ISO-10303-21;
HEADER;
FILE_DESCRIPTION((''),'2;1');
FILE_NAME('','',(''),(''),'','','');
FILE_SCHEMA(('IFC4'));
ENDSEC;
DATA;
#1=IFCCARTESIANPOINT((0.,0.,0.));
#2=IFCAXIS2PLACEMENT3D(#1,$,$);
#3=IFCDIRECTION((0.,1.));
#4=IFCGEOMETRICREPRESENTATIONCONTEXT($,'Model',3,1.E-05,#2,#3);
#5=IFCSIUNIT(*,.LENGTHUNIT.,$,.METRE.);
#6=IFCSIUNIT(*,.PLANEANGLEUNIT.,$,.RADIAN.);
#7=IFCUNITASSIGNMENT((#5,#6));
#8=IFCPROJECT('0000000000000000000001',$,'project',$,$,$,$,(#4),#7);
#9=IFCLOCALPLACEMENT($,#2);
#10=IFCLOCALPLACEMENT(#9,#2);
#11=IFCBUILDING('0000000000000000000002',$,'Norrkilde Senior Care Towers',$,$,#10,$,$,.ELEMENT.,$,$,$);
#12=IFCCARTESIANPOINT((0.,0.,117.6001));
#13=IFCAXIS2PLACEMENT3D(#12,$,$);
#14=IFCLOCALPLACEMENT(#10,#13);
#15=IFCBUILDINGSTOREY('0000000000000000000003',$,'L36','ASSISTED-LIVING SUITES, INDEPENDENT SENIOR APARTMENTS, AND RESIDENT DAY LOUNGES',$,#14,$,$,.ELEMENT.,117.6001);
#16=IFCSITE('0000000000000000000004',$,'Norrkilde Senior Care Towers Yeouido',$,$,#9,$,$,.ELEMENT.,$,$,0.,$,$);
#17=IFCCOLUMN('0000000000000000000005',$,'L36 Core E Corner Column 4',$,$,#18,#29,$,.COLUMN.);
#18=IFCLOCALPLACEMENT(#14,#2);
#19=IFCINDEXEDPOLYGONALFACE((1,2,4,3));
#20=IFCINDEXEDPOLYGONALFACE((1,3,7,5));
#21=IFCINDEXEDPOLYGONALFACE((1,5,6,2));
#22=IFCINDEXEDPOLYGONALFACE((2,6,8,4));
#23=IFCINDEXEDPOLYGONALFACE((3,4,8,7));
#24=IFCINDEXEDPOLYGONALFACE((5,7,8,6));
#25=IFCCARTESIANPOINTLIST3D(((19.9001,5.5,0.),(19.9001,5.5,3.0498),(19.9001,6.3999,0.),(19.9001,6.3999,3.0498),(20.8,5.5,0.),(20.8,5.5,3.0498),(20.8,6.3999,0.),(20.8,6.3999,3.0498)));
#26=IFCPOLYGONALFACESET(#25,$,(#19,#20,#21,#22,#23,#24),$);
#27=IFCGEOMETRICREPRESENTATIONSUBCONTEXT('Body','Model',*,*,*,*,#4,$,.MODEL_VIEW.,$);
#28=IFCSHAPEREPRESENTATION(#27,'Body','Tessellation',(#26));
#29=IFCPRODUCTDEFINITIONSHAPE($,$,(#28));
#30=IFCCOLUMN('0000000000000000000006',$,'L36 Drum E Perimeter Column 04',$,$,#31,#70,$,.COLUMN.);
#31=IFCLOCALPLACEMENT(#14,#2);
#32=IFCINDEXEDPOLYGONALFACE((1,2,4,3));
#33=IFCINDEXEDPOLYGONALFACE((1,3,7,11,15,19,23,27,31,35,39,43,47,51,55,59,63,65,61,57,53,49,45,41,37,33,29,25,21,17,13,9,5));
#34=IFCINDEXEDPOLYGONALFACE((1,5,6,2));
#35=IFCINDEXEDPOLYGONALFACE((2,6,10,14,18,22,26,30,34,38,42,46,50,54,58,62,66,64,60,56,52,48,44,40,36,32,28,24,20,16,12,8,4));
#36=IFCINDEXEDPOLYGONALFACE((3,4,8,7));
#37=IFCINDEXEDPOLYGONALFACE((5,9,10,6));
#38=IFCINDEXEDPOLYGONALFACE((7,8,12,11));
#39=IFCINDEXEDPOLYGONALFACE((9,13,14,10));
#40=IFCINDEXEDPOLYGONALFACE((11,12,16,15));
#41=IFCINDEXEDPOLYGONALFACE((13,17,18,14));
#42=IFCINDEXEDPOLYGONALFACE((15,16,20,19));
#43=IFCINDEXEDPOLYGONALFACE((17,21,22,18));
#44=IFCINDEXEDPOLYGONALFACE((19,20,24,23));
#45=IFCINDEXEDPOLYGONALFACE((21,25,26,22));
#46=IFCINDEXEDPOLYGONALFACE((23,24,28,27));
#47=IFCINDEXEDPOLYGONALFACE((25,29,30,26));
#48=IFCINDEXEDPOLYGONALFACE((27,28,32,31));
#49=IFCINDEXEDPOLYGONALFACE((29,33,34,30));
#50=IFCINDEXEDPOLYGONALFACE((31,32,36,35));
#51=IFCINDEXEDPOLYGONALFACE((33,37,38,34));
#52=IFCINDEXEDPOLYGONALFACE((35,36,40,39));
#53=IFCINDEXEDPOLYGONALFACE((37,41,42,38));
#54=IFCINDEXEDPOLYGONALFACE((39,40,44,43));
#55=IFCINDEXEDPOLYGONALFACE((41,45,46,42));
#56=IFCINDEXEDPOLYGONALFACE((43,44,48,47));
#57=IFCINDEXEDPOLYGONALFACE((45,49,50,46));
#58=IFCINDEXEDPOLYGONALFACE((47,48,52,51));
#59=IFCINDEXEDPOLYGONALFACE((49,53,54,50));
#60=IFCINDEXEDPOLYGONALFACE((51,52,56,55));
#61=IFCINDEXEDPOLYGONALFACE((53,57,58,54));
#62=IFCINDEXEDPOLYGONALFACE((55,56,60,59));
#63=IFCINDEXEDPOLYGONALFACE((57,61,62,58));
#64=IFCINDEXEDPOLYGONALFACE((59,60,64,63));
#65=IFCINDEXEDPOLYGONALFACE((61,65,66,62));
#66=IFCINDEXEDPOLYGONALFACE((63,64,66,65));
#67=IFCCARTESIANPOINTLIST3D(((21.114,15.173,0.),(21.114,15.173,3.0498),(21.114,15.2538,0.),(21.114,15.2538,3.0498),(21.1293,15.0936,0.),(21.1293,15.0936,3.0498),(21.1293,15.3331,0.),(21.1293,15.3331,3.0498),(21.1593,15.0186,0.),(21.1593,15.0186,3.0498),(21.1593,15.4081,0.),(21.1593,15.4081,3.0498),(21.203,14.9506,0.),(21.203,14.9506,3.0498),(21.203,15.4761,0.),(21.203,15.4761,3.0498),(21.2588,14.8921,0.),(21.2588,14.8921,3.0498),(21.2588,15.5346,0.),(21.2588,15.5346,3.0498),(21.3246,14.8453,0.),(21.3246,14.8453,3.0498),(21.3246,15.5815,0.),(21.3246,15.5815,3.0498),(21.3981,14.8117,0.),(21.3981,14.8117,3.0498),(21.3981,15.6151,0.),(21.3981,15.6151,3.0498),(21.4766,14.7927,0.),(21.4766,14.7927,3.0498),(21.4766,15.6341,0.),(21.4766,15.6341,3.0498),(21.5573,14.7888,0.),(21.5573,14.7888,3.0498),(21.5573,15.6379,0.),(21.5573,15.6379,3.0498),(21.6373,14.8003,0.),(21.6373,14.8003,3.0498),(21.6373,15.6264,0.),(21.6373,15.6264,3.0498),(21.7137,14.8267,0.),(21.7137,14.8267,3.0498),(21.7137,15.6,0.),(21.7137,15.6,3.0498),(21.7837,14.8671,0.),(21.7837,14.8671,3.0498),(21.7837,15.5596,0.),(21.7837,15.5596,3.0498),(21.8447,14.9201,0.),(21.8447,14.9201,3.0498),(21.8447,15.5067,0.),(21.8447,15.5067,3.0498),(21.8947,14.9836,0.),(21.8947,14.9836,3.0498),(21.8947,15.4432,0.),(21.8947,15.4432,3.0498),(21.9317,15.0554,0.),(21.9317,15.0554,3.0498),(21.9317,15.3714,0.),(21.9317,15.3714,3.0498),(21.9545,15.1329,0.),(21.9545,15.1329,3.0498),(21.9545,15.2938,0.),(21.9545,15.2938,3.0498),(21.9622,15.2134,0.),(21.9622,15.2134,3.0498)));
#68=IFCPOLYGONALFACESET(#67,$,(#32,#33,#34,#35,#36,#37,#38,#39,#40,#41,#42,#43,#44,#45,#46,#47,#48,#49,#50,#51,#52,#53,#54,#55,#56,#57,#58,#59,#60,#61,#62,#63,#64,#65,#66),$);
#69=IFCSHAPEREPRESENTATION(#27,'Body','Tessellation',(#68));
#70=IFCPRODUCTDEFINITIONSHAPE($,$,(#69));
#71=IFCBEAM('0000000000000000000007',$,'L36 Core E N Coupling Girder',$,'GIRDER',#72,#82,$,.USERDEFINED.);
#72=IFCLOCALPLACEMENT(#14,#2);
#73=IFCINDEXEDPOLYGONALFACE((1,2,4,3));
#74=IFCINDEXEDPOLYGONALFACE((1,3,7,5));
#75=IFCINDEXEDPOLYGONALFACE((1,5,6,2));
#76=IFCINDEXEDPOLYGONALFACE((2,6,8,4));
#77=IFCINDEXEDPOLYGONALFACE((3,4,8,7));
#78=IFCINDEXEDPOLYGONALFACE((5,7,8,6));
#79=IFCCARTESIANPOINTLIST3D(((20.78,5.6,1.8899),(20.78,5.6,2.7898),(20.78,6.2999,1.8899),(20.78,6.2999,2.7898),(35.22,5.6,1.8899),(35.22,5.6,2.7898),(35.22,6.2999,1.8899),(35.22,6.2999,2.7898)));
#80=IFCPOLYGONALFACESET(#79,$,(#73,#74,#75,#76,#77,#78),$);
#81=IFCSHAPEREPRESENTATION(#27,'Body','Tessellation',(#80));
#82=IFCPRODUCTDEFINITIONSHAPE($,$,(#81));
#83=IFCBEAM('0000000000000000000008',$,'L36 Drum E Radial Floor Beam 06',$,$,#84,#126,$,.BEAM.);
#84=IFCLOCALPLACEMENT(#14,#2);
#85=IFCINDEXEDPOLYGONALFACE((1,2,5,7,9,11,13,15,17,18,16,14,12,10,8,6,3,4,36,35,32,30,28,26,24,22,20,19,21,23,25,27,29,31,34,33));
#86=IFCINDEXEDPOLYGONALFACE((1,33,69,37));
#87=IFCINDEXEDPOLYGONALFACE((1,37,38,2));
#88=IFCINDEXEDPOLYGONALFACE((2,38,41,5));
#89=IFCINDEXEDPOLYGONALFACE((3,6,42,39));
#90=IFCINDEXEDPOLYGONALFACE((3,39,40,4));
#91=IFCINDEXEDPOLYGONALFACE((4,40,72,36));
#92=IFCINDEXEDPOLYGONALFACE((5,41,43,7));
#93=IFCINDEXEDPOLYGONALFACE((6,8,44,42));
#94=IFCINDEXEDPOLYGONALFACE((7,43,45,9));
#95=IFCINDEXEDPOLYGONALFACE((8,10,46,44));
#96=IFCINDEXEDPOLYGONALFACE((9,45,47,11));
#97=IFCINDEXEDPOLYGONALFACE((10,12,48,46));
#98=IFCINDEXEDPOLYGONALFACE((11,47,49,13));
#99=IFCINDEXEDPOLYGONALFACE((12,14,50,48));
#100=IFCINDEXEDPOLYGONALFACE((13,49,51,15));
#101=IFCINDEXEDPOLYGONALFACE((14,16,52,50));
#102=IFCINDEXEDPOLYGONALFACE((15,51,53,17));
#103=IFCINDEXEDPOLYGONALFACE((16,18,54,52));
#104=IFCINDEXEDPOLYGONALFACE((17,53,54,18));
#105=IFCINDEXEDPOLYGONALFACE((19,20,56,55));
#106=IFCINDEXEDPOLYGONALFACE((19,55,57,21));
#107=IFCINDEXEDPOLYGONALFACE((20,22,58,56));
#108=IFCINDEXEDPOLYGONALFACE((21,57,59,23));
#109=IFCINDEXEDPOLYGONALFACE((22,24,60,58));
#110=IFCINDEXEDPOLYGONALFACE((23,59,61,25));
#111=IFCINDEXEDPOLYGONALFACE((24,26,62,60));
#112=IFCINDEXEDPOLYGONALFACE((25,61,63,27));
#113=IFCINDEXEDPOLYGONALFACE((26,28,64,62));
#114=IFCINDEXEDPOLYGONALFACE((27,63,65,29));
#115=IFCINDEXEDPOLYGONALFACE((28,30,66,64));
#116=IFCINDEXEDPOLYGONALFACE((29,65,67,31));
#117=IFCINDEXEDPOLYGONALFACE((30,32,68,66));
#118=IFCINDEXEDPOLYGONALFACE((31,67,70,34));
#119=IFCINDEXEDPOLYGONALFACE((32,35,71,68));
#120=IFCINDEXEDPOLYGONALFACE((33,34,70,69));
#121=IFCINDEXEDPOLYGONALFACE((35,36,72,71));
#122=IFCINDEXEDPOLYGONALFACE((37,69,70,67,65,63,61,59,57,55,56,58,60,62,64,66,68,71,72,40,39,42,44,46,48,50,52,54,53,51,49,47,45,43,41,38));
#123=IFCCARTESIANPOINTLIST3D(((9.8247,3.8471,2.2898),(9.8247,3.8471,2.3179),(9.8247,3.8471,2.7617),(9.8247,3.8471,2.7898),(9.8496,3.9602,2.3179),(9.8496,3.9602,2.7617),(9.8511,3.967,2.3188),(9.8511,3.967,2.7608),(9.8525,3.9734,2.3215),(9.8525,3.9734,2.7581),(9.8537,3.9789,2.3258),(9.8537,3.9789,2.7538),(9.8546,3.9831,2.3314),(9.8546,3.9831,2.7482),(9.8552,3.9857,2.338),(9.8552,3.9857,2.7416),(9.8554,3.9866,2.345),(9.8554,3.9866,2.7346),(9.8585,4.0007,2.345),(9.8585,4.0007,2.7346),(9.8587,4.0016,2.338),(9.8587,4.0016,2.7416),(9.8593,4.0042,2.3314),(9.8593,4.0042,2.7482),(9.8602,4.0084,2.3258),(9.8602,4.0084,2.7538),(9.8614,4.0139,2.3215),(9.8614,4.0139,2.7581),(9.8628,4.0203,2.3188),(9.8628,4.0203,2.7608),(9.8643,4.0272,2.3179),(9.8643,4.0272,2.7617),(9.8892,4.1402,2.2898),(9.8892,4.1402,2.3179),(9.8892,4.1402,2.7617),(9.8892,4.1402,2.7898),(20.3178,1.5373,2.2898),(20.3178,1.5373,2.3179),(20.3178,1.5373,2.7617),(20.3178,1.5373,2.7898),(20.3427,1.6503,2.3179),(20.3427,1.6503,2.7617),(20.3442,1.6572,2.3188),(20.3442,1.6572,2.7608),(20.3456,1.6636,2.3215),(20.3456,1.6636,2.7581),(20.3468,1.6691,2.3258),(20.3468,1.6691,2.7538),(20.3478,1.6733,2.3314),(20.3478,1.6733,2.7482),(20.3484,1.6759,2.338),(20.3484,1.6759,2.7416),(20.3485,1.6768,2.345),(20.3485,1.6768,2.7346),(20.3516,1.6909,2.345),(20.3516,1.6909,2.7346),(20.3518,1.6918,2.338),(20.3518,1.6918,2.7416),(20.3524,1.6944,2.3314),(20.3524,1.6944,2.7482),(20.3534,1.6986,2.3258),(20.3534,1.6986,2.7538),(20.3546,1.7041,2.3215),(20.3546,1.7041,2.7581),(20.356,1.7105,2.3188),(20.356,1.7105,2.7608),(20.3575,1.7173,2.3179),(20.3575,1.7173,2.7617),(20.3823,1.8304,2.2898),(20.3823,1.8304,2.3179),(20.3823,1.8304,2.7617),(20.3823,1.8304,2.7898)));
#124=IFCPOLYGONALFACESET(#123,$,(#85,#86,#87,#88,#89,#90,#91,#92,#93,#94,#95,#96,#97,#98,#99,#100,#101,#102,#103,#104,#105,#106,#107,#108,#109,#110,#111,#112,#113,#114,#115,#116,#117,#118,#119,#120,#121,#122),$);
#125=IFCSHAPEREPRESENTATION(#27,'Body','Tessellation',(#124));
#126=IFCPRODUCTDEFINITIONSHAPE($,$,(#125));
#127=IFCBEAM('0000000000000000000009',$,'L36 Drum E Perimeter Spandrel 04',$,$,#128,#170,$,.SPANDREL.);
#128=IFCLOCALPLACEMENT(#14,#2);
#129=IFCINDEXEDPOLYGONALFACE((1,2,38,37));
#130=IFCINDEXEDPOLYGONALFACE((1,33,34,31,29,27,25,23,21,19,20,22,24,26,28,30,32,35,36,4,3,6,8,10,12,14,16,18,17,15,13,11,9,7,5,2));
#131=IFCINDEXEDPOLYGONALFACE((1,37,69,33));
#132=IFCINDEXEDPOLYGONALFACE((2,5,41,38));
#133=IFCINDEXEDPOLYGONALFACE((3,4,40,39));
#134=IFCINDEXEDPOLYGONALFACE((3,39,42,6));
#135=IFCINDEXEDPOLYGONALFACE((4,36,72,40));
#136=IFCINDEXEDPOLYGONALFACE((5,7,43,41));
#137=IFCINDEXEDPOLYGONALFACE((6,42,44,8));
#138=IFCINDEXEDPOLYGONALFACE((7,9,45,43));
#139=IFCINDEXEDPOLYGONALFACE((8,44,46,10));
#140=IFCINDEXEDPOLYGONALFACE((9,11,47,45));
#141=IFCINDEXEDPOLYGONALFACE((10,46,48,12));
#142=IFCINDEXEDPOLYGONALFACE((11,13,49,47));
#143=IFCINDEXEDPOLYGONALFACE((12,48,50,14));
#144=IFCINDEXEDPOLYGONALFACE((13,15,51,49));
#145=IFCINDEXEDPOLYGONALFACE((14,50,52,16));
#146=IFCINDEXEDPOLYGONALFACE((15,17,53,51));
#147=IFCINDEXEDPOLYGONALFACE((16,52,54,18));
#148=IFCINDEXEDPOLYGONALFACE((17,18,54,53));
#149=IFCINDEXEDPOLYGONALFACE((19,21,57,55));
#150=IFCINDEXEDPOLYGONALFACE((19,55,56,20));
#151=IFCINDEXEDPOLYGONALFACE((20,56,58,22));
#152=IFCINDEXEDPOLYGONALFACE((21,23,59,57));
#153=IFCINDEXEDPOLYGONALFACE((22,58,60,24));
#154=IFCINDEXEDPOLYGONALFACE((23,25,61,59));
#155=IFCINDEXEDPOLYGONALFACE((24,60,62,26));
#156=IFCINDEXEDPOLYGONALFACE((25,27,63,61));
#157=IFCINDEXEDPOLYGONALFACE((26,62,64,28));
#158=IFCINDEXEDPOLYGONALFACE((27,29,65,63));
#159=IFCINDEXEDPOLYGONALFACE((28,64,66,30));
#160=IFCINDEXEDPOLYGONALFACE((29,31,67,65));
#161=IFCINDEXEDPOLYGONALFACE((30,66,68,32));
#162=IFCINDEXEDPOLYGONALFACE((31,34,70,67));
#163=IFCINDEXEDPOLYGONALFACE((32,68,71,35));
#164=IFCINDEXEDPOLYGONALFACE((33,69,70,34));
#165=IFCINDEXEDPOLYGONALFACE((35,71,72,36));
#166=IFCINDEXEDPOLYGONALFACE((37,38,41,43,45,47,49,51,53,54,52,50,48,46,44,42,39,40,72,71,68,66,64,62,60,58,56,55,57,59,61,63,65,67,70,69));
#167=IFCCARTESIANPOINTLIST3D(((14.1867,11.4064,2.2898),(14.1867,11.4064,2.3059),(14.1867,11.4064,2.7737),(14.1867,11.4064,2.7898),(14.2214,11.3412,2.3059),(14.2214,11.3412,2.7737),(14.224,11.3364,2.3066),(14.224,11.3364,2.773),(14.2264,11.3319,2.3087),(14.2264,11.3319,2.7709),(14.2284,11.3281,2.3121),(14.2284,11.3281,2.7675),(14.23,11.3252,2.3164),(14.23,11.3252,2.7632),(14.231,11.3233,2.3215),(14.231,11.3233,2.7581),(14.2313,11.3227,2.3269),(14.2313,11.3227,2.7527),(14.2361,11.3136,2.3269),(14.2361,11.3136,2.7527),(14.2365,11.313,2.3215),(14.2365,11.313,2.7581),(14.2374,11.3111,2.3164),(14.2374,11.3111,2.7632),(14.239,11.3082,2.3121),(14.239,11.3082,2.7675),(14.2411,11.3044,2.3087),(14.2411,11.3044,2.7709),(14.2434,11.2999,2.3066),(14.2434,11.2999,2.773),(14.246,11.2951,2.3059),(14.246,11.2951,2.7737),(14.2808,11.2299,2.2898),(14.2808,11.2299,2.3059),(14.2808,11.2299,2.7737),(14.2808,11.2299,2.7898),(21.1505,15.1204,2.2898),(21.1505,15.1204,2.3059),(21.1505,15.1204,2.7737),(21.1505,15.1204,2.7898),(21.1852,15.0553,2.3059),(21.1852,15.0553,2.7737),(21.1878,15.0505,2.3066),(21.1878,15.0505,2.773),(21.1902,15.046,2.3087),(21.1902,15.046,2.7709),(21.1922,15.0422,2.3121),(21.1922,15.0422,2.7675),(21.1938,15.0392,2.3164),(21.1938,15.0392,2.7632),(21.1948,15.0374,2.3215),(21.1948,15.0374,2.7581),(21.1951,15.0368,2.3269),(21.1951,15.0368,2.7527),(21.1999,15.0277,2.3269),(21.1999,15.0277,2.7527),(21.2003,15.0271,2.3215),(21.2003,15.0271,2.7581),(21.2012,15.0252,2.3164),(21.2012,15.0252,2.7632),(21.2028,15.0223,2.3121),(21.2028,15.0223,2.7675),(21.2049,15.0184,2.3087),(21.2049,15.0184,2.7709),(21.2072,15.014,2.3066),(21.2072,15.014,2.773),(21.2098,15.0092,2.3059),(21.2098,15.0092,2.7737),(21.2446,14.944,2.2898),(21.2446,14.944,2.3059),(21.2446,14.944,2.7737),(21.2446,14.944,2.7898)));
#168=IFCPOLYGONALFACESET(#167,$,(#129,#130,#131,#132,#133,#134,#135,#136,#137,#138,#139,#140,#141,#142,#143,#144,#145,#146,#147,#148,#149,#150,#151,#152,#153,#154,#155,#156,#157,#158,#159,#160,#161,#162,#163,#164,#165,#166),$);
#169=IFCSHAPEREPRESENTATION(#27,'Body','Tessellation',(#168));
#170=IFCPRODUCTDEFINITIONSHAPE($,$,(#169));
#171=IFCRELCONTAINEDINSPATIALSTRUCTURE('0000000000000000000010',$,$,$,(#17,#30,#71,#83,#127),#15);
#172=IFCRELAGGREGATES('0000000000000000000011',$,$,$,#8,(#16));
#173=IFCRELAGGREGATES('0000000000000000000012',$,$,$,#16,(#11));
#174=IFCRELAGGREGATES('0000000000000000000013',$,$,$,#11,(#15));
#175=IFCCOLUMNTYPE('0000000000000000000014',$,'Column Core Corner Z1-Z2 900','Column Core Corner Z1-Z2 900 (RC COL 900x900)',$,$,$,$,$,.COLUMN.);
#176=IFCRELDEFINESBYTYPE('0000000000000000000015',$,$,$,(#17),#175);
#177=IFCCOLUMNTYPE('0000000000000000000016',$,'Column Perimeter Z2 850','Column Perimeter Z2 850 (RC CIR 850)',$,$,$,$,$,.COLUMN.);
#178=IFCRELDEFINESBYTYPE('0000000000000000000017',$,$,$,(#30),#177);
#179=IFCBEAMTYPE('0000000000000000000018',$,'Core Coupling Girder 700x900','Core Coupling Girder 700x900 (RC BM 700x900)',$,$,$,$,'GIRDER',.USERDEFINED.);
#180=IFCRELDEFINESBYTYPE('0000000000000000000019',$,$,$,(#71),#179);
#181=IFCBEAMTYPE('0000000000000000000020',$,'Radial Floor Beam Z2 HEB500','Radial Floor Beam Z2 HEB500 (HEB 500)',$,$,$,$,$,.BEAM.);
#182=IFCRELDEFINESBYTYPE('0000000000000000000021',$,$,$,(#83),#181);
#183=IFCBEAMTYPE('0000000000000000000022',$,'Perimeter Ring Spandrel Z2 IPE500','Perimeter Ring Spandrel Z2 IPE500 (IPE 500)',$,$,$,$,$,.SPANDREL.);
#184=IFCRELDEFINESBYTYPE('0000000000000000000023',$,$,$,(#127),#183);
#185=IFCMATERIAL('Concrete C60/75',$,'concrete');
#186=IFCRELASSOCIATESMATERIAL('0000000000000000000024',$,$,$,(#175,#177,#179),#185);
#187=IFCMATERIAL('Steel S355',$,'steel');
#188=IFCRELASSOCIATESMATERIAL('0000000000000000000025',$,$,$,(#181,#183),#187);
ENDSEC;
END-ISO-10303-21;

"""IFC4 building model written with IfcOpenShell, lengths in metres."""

from ifc_helpers import new_model, si_unit, direction, frame, origin, origin_2d, place, context, subcontext, project, spatial, rectangle, circle, i_section, extrude, source, transform, mapped, material, material_profile, profile_set, type_object, type_shapes, element, save


model = new_model("IFC4")

# Units and contexts
model_context = context("Model", 3, precision=1e-05, world=origin(), true_north=direction((0.0, 1.0)))
body_context = subcontext(model_context, "Body", "Model", "MODEL_VIEW")
ifc_project = project(units=[si_unit("LENGTHUNIT", "METRE"), si_unit("PLANEANGLEUNIT", "RADIAN")], contexts=[model_context])

# Site, building, storey
site_placement = place(None, origin())
site = spatial("IfcSite", under=ifc_project, at=site_placement, Name="Norrkilde Senior Care Towers Yeouido", CompositionType="ELEMENT", RefElevation=0.0)
building_placement = place(site_placement, origin())
building = spatial("IfcBuilding", under=site, at=building_placement, Name="Norrkilde Senior Care Towers", CompositionType="ELEMENT")
storey_placement = place(building_placement, frame((0.0, 0.0, 117.6001)))
storey = spatial("IfcBuildingStorey", under=building, at=storey_placement, Name="L36", Description="ASSISTED-LIVING SUITES, INDEPENDENT SENIOR APARTMENTS, AND RESIDENT DAY LOUNGES", CompositionType="ELEMENT", Elevation=117.6001)

# Columns
ifc_material_1 = material(Name="Concrete C60/75", Category="concrete")
ifc_material_profile_1 = material_profile(ifc_material_1, rectangle(XDim=0.8999, YDim=0.8999, at=origin_2d()), Name="RC COL 900x900")
ifc_profile_set_1 = profile_set([ifc_material_profile_1], Name="Concrete C60/75")
column_type_1 = type_object("IfcColumnType", Name="Column Core Corner Z1-Z2 900", Description="Column Core Corner Z1-Z2 900 (RC COL 900x900)", PredefinedType="COLUMN", material=ifc_profile_set_1)
shared_shape_1 = source(origin(), body_context, "Body", "SweptSolid", [
    extrude(rectangle(XDim=0.8999, YDim=0.8999, at=origin_2d()), origin(), (0.0, 0.0, 1.0), 3.0498),
])
type_shapes(column_type_1, [shared_shape_1])
column_1_placement = place(storey_placement, frame((20.3501, 5.95, 0.0), z_axis=(0.0, 0.0, 1.0), x_axis=(1.0, 0.0, 0.0)))
element("IfcColumn", 1, at=column_1_placement, inside=storey, type_object=column_type_1, Name="L36 Core E Corner Column 4", PredefinedType="COLUMN", context=body_context, shape_type="MappedRepresentation", body=[
    mapped(shared_shape_1, transform((0.0, 0.0, 0.0), x_axis=(1.0, 0.0, 0.0), y_axis=(0.0, 1.0, 0.0), z_axis=(0.0, 0.0, 1.0), scale=1.0)),
])
ifc_material_profile_2 = material_profile(ifc_material_1, circle(Radius=0.425, at=origin_2d()), Name="RC CIR 850")
ifc_profile_set_2 = profile_set([ifc_material_profile_2], Name="Concrete C60/75")
column_type_2 = type_object("IfcColumnType", Name="Column Perimeter Z2 850", Description="Column Perimeter Z2 850 (RC CIR 850)", PredefinedType="COLUMN", material=ifc_profile_set_2)
shared_shape_2 = source(origin(), body_context, "Body", "SweptSolid", [
    extrude(circle(Radius=0.425, at=origin_2d()), origin(), (0.0, 0.0, 1.0), 3.0498),
])
type_shapes(column_type_2, [shared_shape_2])
column_2_placement = place(storey_placement, frame((21.5371, 15.2134, 0.0), z_axis=(0.0, 0.0, 1.0), x_axis=(1.0, 0.0, 0.0)))
element("IfcColumn", 2, at=column_2_placement, inside=storey, type_object=column_type_2, Name="L36 Drum E Perimeter Column 04", PredefinedType="COLUMN", context=body_context, shape_type="MappedRepresentation", body=[
    mapped(shared_shape_2, transform((0.0, 0.0, 0.0), x_axis=(1.0, 0.0, 0.0), y_axis=(0.0, 1.0, 0.0), z_axis=(0.0, 0.0, 1.0), scale=1.0)),
])

# Beams
ifc_material_profile_3 = material_profile(ifc_material_1, rectangle(XDim=0.7, YDim=0.8999, at=origin_2d()), Name="RC BM 700x900")
ifc_profile_set_3 = profile_set([ifc_material_profile_3], Name="Concrete C60/75")
beam_type_1 = type_object("IfcBeamType", Name="Core Coupling Girder 700x900", Description="Core Coupling Girder 700x900 (RC BM 700x900)", ElementType="GIRDER", PredefinedType="USERDEFINED", material=ifc_profile_set_3)
shared_shape_3 = source(origin(), body_context, "Body", "SweptSolid", [
    extrude(rectangle(XDim=0.7, YDim=0.8999, at=origin_2d()), origin(), (0.0, 0.0, 1.0), 14.4399),
])
type_shapes(beam_type_1, [shared_shape_3])
beam_1_placement = place(storey_placement, frame((20.78, 5.95, 2.3398), z_axis=(1.0, 0.0, 0.0), x_axis=(0.0, 1.0, 0.0)))
element("IfcBeam", 3, at=beam_1_placement, inside=storey, type_object=beam_type_1, Name="L36 Core E N Coupling Girder", ObjectType="GIRDER", PredefinedType="USERDEFINED", context=body_context, shape_type="MappedRepresentation", body=[
    mapped(shared_shape_3, transform((0.0, 0.0, 0.0), x_axis=(1.0, 0.0, 0.0), y_axis=(0.0, 1.0, 0.0), z_axis=(0.0, 0.0, 1.0), scale=1.0)),
])
ifc_material_2 = material(Name="Steel S355", Category="steel")
ifc_material_profile_4 = material_profile(ifc_material_2, i_section(OverallWidth=0.3, OverallDepth=0.5, WebThickness=0.0144, FlangeThickness=0.0281, FilletRadius=0.0271, at=origin_2d()), Name="HEB 500")
ifc_profile_set_4 = profile_set([ifc_material_profile_4], Name="Steel S355")
beam_type_2 = type_object("IfcBeamType", Name="Radial Floor Beam Z2 HEB500", Description="Radial Floor Beam Z2 HEB500 (HEB 500)", PredefinedType="BEAM", material=ifc_profile_set_4)
shared_shape_4 = source(origin(), body_context, "Body", "SweptSolid", [
    extrude(i_section(OverallWidth=0.3, OverallDepth=0.5, WebThickness=0.0144, FlangeThickness=0.0281, FilletRadius=0.0271, at=origin_2d()), origin(), (0.0, 0.0, 1.0), 10.7444),
])
beam_2_placement = place(storey_placement, frame((20.3501, 1.6838, 2.5398), z_axis=(-0.976619, 0.214979, 0.0), x_axis=(-0.214979, -0.976619, 0.0)))
element("IfcBeam", 4, at=beam_2_placement, inside=storey, type_object=beam_type_2, Name="L36 Drum E Radial Floor Beam 06", PredefinedType="BEAM", context=body_context, shape_type="MappedRepresentation", body=[
    mapped(shared_shape_4, transform((0.0, 0.0, 0.0), x_axis=(1.0, 0.0, 0.0), y_axis=(0.0, 1.0, 0.0), z_axis=(0.0, 0.0, 1.0), scale=1.0)),
])
ifc_material_profile_5 = material_profile(ifc_material_2, i_section(OverallWidth=0.2, OverallDepth=0.5, WebThickness=0.0103, FlangeThickness=0.0161, FilletRadius=0.021, at=origin_2d()), Name="IPE 500")
ifc_profile_set_5 = profile_set([ifc_material_profile_5], Name="Steel S355")
beam_type_3 = type_object("IfcBeamType", Name="Perimeter Ring Spandrel Z2 IPE500", Description="Perimeter Ring Spandrel Z2 IPE500 (IPE 500)", PredefinedType="SPANDREL", material=ifc_profile_set_5)
shared_shape_5 = source(origin(), body_context, "Body", "SweptSolid", [
    extrude(i_section(OverallWidth=0.2, OverallDepth=0.5, WebThickness=0.0103, FlangeThickness=0.0161, FilletRadius=0.021, at=origin_2d()), origin(), (0.0, 0.0, 1.0), 7.8923),
])
type_shapes(beam_type_3, [shared_shape_5])
beam_3_placement = place(storey_placement, frame((21.1975, 15.0322, 2.5398), z_axis=(-0.88235, -0.470593, 0.0), x_axis=(0.470593, -0.88235, 0.0)))
element("IfcBeam", 5, at=beam_3_placement, inside=storey, type_object=beam_type_3, Name="L36 Drum E Perimeter Spandrel 04", PredefinedType="SPANDREL", context=body_context, shape_type="MappedRepresentation", body=[
    mapped(shared_shape_5, transform((0.0, 0.0, 0.0), x_axis=(1.0, 0.0, 0.0), y_axis=(0.0, 1.0, 0.0), z_axis=(0.0, 0.0, 1.0), scale=1.0)),
])

save(model, "model.ifc")
